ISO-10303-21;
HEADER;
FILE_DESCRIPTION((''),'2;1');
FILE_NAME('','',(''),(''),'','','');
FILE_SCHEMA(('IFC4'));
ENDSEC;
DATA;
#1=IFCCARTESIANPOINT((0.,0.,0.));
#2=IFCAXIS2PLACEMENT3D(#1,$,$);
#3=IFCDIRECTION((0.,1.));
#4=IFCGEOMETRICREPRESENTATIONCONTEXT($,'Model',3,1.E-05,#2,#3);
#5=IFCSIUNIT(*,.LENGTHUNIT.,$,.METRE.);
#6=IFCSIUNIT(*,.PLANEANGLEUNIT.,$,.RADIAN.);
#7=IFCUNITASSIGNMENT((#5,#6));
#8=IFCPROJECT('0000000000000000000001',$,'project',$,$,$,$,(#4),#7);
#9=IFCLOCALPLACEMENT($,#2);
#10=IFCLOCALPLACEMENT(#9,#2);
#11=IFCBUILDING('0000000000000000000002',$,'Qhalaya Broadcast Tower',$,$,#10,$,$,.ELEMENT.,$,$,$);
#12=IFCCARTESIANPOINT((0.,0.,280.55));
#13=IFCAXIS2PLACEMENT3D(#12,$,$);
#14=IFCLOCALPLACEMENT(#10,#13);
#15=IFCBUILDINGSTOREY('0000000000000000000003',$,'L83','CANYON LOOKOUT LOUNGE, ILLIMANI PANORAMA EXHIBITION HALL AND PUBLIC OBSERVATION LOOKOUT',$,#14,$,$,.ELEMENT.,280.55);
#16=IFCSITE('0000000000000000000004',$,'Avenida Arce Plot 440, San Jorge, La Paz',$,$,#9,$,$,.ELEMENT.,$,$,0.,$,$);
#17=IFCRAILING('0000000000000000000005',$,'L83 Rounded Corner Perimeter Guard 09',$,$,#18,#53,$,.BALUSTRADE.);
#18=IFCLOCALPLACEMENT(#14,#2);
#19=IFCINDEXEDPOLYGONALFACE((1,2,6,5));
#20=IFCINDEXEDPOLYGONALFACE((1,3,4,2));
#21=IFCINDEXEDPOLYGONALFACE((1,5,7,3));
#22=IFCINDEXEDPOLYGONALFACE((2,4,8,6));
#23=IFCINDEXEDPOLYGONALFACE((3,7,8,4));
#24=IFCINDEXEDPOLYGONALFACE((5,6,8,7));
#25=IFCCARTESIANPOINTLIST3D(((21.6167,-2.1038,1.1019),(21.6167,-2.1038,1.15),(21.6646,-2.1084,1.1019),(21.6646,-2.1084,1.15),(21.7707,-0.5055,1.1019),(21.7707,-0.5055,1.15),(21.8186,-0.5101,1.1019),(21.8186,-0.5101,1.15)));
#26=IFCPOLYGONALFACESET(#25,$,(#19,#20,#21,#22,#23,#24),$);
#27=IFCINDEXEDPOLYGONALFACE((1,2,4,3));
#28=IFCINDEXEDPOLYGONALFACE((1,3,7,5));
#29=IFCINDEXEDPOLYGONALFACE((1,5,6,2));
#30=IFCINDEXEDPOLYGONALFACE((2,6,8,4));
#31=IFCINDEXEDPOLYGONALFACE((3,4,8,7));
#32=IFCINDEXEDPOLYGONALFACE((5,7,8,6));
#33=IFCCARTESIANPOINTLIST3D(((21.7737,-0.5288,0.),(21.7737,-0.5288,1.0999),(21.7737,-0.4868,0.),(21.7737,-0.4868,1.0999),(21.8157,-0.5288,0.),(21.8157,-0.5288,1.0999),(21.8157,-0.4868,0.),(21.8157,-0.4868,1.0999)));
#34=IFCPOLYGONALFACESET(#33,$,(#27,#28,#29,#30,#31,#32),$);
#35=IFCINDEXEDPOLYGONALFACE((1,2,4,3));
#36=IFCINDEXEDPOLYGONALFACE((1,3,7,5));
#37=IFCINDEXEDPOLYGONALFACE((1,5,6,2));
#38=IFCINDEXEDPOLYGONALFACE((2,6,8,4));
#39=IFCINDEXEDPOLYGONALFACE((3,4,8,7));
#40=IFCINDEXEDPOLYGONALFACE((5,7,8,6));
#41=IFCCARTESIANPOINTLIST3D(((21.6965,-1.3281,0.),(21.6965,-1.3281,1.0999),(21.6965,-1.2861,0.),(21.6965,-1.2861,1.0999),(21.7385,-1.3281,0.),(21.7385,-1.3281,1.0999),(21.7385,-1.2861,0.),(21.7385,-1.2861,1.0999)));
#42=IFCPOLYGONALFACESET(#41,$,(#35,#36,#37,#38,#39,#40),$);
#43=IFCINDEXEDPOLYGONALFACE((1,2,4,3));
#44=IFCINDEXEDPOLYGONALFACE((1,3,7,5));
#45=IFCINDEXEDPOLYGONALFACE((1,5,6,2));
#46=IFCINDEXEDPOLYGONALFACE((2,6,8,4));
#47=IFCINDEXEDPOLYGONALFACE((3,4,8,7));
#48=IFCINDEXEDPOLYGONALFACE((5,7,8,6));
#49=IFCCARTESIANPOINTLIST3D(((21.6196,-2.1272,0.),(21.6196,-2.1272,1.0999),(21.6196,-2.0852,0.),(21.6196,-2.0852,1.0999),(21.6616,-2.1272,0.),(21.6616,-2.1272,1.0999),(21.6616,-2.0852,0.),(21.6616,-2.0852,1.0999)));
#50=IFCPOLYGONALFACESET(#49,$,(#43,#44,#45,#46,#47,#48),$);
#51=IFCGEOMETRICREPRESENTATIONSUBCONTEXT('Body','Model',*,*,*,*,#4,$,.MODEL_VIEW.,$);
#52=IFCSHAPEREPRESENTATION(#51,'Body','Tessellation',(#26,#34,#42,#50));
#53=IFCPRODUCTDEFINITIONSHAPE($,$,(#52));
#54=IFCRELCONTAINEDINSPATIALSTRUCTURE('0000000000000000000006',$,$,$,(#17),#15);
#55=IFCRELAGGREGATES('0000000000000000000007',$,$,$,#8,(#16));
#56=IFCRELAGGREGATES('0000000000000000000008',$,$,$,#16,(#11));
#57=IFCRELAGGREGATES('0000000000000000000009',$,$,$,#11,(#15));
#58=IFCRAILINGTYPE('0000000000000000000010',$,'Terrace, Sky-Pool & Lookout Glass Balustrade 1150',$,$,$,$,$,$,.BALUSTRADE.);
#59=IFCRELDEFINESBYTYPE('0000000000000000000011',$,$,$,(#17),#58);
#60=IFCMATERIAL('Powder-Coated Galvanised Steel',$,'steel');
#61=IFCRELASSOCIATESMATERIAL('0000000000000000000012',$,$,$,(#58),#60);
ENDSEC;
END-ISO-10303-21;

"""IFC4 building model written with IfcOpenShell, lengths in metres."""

from ifc_helpers import new_model, si_unit, direction, frame, origin, origin_2d, place, context, subcontext, project, spatial, rectangle, extrude, material, type_object, element, save


model = new_model("IFC4")

# Units and contexts
model_context = context("Model", 3, precision=1e-05, world=origin(), true_north=direction((0.0, 1.0)))
body_context = subcontext(model_context, "Body", "Model", "MODEL_VIEW")
ifc_project = project(units=[si_unit("LENGTHUNIT", "METRE"), si_unit("PLANEANGLEUNIT", "RADIAN")], contexts=[model_context])

# Site, building, storey
site_placement = place(None, origin())
site = spatial("IfcSite", under=ifc_project, at=site_placement, Name="Avenida Arce Plot 440, San Jorge, La Paz", CompositionType="ELEMENT", RefElevation=0.0)
building_placement = place(site_placement, origin())
building = spatial("IfcBuilding", under=site, at=building_placement, Name="Qhalaya Broadcast Tower", CompositionType="ELEMENT")
storey_placement = place(building_placement, frame((0.0, 0.0, 280.55)))
storey = spatial("IfcBuildingStorey", under=building, at=storey_placement, Name="L83", Description="CANYON LOOKOUT LOUNGE, ILLIMANI PANORAMA EXHIBITION HALL AND PUBLIC OBSERVATION LOOKOUT", CompositionType="ELEMENT", Elevation=280.55)

# Railing
ifc_material_1 = material(Name="Powder-Coated Galvanised Steel", Category="steel")
railing_type = type_object("IfcRailingType", Name="Terrace, Sky-Pool & Lookout Glass Balustrade 1150", PredefinedType="BALUSTRADE", material=ifc_material_1)
railing_placement = place(storey_placement, frame((21.7947, -0.5078, 0.0)))
element("IfcRailing", 1, at=railing_placement, inside=storey, type_object=railing_type, Name="L83 Rounded Corner Perimeter Guard 09", PredefinedType="BALUSTRADE", context=body_context, shape_type="SweptSolid", body=[
    extrude(rectangle(XDim=0.0481, YDim=0.0481, at=origin_2d()), frame((0.0, 0.0, 1.126), z_axis=(-0.095935, -0.995388, 0.0), x_axis=(0.995388, -0.095935, 0.0)), (0.0, 0.0, 1.0), 1.6057),
    extrude(rectangle(XDim=0.042, YDim=0.042, at=origin_2d()), origin(), (0.0, 0.0, 1.0), 1.0999),
    extrude(rectangle(XDim=0.042, YDim=0.042, at=origin_2d()), frame((-0.0771, -0.7993, 0.0)), (0.0, 0.0, 1.0), 1.0999),
    extrude(rectangle(XDim=0.042, YDim=0.042, at=origin_2d()), frame((-0.1541, -1.5984, 0.0)), (0.0, 0.0, 1.0), 1.0999),
])

save(model, "model.ifc")
